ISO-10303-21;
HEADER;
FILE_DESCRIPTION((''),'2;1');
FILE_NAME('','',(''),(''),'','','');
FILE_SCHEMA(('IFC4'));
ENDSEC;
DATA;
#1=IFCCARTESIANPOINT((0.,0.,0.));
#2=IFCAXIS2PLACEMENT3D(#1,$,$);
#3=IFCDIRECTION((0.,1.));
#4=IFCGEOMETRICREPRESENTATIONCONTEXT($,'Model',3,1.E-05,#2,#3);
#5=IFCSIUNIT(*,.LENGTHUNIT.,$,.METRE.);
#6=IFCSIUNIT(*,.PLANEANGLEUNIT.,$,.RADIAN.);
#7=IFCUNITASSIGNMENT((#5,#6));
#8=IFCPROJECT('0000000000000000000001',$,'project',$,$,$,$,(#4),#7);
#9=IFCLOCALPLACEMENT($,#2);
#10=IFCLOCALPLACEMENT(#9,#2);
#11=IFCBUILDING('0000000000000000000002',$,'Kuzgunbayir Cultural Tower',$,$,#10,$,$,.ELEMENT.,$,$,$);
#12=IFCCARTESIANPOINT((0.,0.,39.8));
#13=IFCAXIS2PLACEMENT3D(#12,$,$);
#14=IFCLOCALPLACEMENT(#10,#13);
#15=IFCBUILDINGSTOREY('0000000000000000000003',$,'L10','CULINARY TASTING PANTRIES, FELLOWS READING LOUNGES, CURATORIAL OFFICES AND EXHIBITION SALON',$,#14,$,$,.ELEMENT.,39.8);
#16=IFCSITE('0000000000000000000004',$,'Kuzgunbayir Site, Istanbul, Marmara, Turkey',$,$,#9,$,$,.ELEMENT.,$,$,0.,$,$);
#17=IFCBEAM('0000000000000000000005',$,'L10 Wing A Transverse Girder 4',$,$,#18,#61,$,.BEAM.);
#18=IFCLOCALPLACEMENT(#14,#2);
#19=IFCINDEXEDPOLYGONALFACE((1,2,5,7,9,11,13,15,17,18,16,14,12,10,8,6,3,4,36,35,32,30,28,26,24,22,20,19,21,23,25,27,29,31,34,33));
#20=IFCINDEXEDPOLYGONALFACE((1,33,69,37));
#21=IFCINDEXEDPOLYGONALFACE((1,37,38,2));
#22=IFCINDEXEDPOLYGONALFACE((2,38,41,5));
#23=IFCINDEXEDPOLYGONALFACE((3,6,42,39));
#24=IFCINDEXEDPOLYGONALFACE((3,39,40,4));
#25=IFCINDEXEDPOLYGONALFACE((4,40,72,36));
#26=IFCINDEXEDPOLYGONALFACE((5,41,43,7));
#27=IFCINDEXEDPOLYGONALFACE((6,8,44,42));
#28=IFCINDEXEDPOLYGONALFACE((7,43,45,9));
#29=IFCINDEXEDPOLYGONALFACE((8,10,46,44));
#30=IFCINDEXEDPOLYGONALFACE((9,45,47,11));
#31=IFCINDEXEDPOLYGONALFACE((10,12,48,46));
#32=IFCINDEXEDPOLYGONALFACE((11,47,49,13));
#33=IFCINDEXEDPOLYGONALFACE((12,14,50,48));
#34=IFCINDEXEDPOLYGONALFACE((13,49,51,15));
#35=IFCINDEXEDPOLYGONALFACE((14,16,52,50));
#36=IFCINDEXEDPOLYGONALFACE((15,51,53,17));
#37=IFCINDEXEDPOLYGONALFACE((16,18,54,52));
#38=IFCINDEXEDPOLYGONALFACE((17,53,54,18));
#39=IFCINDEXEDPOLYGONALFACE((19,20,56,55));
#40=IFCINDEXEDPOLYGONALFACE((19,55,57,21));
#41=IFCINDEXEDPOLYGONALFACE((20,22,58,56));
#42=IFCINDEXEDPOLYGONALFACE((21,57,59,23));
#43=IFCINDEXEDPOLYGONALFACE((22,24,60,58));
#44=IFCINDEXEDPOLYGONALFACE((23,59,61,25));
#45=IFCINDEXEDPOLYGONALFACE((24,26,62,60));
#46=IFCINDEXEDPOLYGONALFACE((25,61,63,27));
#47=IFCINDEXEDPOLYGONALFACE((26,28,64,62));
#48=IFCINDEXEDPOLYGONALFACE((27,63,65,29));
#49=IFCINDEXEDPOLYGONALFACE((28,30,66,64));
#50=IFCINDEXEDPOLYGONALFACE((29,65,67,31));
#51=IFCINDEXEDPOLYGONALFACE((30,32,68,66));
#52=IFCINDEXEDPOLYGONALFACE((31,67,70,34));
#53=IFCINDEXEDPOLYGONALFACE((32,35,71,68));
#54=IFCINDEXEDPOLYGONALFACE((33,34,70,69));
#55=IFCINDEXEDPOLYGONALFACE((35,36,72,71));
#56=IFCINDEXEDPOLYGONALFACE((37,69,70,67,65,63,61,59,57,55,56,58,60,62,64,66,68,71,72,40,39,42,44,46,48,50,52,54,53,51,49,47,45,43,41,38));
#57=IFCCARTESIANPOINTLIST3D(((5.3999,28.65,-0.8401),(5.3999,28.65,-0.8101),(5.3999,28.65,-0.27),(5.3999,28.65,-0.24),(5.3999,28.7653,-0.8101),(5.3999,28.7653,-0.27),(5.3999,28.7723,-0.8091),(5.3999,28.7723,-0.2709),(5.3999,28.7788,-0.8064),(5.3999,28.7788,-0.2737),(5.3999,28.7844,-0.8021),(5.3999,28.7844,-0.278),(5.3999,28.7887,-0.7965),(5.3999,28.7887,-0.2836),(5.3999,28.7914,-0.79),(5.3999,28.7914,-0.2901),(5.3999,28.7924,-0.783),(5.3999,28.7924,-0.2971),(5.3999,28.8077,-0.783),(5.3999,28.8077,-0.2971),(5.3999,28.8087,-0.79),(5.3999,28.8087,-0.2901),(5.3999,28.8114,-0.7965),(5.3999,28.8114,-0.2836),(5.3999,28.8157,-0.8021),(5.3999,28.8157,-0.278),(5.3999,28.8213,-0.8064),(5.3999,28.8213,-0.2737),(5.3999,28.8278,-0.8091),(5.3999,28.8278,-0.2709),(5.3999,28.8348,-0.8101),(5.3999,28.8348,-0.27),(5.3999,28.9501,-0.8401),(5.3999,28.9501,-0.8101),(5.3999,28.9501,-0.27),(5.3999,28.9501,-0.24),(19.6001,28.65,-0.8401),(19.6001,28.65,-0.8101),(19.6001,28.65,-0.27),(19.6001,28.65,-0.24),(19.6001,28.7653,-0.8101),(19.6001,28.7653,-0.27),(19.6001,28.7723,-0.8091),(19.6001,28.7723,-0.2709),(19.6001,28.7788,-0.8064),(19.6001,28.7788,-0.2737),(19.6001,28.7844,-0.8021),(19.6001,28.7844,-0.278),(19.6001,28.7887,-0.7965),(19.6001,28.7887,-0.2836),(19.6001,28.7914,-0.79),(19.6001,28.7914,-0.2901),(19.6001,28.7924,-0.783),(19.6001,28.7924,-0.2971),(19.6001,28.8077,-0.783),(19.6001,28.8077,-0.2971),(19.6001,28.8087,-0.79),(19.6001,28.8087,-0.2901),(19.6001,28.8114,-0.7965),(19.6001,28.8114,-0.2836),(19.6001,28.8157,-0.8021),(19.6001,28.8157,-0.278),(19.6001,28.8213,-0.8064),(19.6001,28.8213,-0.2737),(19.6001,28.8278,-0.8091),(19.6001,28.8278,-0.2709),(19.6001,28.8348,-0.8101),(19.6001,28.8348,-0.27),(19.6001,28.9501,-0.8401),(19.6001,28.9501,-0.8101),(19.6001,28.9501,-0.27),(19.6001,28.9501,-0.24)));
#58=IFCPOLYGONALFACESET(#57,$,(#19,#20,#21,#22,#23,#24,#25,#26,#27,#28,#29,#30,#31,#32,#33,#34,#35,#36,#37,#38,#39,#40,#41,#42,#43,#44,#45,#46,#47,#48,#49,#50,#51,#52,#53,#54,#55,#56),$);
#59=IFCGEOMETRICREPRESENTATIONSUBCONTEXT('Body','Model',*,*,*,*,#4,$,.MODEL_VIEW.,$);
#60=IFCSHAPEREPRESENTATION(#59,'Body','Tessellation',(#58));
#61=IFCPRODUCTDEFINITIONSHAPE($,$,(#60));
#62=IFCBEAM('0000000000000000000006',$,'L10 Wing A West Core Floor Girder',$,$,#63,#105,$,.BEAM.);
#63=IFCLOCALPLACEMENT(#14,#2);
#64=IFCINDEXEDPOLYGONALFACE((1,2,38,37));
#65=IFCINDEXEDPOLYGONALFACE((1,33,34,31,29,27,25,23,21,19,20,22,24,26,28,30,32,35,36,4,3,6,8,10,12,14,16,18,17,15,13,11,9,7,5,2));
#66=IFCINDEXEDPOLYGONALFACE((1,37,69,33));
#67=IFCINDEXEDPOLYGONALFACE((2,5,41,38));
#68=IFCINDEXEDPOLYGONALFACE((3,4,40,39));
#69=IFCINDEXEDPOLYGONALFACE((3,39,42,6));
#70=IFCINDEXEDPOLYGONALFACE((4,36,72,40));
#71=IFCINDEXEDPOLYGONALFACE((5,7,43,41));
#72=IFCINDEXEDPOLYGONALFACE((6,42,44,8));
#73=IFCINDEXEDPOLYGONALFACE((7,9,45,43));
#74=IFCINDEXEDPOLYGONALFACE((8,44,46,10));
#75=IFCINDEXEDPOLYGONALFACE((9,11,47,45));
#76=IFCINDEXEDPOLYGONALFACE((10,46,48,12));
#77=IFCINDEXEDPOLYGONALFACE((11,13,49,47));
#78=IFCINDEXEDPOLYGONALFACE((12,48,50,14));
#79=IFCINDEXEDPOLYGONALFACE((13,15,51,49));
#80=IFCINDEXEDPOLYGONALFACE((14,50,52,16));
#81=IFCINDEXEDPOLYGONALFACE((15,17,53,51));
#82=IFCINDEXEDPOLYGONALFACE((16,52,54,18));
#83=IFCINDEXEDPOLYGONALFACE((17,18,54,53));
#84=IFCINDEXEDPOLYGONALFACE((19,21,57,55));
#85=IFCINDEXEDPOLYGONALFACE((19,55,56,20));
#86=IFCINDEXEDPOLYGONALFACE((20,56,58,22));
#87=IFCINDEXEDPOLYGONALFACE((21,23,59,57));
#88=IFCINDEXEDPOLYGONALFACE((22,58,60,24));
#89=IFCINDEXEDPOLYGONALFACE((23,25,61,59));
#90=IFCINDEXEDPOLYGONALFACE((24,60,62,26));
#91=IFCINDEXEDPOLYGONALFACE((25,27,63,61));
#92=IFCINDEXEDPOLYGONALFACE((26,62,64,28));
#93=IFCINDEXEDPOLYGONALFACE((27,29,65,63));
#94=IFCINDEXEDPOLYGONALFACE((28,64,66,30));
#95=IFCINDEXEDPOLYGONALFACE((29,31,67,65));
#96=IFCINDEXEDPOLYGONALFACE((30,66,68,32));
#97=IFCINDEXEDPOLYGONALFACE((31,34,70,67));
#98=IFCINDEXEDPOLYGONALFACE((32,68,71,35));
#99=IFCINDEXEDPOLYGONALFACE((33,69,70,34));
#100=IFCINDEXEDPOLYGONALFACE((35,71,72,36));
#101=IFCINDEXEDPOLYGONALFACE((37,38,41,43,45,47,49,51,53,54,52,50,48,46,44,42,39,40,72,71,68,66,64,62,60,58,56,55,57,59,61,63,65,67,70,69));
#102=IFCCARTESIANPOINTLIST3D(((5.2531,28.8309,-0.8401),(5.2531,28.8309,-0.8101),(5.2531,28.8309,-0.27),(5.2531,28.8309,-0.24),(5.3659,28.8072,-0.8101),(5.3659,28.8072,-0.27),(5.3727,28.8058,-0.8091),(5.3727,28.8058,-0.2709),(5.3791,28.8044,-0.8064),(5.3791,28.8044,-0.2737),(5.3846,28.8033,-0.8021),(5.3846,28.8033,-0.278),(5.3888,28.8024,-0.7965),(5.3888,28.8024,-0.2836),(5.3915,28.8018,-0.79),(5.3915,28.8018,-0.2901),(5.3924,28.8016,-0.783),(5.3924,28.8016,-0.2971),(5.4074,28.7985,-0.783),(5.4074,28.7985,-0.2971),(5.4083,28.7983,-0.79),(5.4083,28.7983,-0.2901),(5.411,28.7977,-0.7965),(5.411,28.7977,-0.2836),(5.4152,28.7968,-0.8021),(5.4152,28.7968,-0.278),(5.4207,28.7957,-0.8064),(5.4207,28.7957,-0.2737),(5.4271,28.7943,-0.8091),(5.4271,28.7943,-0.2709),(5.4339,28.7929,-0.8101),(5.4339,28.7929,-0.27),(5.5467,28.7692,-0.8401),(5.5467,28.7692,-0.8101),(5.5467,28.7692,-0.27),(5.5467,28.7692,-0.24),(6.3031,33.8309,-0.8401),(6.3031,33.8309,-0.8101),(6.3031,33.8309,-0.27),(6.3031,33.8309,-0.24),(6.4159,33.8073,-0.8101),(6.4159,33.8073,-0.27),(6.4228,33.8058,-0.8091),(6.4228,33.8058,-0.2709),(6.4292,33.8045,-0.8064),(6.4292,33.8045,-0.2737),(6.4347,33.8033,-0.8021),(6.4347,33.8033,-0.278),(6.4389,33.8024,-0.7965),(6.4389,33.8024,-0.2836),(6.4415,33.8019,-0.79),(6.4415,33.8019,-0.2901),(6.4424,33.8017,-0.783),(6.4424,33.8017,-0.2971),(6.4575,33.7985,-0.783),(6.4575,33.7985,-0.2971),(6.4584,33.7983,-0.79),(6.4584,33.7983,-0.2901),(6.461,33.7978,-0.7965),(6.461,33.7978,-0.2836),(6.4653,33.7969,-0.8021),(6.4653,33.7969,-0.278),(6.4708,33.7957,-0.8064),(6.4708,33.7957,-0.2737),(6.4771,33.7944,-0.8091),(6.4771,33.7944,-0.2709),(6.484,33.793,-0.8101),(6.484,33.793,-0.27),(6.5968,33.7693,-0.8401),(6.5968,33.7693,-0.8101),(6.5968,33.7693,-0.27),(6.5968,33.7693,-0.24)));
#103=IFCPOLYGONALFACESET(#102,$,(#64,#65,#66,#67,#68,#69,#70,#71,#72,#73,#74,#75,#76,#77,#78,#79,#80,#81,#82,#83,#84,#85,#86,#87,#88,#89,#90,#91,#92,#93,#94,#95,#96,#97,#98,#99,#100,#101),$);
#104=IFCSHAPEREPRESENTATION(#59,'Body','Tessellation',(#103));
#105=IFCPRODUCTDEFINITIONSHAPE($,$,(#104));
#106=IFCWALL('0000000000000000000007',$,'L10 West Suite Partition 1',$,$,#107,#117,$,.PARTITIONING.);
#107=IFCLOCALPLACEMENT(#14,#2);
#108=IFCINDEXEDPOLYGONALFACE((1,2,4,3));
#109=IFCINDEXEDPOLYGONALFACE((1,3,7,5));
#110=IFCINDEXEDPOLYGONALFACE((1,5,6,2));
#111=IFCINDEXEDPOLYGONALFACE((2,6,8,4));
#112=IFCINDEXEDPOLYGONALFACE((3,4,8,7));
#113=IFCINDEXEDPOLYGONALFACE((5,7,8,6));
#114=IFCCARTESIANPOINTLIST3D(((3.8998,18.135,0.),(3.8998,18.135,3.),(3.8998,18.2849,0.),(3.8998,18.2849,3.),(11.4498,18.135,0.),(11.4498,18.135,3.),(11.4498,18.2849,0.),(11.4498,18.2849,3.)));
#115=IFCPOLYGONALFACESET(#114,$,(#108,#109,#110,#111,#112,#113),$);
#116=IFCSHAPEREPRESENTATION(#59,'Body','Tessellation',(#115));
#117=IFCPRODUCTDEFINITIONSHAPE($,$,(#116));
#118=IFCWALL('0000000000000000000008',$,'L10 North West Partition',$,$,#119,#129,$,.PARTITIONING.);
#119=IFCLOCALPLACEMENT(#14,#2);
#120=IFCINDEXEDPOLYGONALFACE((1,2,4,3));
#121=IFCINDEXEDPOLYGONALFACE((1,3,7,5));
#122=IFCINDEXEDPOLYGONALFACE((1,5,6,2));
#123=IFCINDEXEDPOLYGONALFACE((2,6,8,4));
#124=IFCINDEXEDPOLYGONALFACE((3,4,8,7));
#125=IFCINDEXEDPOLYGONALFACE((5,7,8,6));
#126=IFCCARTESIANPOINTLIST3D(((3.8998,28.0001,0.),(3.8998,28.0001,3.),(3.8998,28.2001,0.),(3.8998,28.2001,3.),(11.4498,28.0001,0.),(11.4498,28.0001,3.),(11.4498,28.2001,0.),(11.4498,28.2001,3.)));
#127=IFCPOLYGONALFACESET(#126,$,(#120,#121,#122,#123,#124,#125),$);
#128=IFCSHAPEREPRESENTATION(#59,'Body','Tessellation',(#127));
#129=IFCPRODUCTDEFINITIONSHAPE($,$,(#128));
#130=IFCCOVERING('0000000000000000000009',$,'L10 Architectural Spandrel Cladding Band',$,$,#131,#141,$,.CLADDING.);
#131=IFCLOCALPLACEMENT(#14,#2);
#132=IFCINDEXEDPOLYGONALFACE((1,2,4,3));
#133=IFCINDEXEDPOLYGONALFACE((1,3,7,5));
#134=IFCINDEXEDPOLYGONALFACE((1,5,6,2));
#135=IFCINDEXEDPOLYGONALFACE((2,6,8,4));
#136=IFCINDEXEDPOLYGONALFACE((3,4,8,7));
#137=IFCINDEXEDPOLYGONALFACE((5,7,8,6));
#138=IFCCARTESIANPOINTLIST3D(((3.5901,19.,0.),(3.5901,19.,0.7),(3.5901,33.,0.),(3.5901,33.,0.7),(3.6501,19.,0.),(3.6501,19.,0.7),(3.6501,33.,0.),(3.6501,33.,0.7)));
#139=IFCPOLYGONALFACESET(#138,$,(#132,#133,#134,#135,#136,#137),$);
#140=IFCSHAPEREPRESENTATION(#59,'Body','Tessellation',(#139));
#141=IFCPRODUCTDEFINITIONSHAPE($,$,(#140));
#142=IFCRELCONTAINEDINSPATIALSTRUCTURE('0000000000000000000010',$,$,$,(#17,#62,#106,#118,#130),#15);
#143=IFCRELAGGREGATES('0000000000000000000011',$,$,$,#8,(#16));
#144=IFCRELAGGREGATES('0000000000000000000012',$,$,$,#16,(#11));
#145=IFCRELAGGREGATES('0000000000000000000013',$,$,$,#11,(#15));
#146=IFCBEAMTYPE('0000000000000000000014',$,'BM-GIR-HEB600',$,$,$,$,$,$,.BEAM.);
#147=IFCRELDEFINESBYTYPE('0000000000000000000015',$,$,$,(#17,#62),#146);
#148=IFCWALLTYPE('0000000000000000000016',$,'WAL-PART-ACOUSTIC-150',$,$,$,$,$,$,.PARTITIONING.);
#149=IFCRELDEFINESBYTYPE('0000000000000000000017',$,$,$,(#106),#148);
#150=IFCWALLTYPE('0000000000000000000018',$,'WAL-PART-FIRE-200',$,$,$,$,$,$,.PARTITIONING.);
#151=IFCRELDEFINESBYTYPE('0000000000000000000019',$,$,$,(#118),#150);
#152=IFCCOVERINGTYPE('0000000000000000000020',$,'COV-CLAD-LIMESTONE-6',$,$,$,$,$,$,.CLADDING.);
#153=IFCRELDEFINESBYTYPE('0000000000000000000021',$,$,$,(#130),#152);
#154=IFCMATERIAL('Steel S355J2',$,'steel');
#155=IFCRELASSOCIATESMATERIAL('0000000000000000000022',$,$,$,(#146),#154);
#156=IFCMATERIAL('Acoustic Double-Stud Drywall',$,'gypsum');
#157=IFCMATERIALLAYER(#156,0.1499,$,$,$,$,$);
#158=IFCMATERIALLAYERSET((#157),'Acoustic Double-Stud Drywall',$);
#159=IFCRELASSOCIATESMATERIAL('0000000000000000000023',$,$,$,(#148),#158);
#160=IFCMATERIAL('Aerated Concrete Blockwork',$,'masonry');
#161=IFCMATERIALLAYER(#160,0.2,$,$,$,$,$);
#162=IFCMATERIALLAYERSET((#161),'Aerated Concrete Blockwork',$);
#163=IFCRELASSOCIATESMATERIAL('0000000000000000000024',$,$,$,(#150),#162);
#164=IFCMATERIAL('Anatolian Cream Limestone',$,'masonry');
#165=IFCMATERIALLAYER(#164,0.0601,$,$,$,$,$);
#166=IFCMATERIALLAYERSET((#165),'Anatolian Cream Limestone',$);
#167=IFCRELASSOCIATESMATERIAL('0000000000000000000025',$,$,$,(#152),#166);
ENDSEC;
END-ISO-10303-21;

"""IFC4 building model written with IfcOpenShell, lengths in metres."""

from ifc_helpers import new_model, si_unit, direction, frame, frame_2d, origin, origin_2d, place, context, subcontext, project, spatial, rectangle, i_section, extrude, material, layer, layer_set, material_profile, profile_set, type_object, element, save


model = new_model("IFC4")

# Units and contexts
model_context = context("Model", 3, precision=1e-05, world=origin(), true_north=direction((0.0, 1.0)))
body_context = subcontext(model_context, "Body", "Model", "MODEL_VIEW")
ifc_project = project(units=[si_unit("LENGTHUNIT", "METRE"), si_unit("PLANEANGLEUNIT", "RADIAN")], contexts=[model_context])

# Site, building, storey
site_placement = place(None, origin())
site = spatial("IfcSite", under=ifc_project, at=site_placement, Name="Kuzgunbayir Site, Istanbul, Marmara, Turkey", CompositionType="ELEMENT", RefElevation=0.0)
building_placement = place(site_placement, origin())
building = spatial("IfcBuilding", under=site, at=building_placement, Name="Kuzgunbayir Cultural Tower", CompositionType="ELEMENT")
storey_placement = place(building_placement, frame((0.0, 0.0, 39.8)))
storey = spatial("IfcBuildingStorey", under=building, at=storey_placement, Name="L10", Description="CULINARY TASTING PANTRIES, FELLOWS READING LOUNGES, CURATORIAL OFFICES AND EXHIBITION SALON", CompositionType="ELEMENT", Elevation=39.8)

# Beams
ifc_material_1 = material(Name="Steel S355J2", Category="steel")
ifc_material_profile_1 = material_profile(ifc_material_1, i_section(OverallWidth=0.3, OverallDepth=0.6001, WebThickness=0.0154, FlangeThickness=0.03, FilletRadius=0.0271, at=origin_2d()), Name="HEB 600")
ifc_profile_set_1 = profile_set([ifc_material_profile_1], Name="Steel S355J2")
beam_type_1 = type_object("IfcBeamType", Name="BM-GIR-HEB600", PredefinedType="BEAM", material=ifc_profile_set_1)
for number, where, z_axis, x_axis, name in (
    (1, (5.3999, 28.8, -0.54), (1.0, 0.0, 0.0), (0.0, 1.0, 0.0), "L10 Wing A Transverse Girder 4"),
):
    element("IfcBeam", number, at=place(storey_placement, frame(where, z_axis=z_axis, x_axis=x_axis)), inside=storey, type_object=beam_type_1, Name=name, PredefinedType="BEAM", context=body_context, shape_type="SweptSolid", body=[
        extrude(i_section(OverallWidth=0.3, OverallDepth=0.6001, WebThickness=0.0154, FlangeThickness=0.03, FilletRadius=0.0271, at=origin_2d()), origin(), (0.0, 0.0, 1.0), 14.2002),
    ])
beam_1_placement = place(storey_placement, frame((5.3999, 28.8, -0.54), z_axis=(0.205526, 0.978652, 0.0), x_axis=(-0.978652, 0.205526, 0.0)))
element("IfcBeam", 2, at=beam_1_placement, inside=storey, type_object=beam_type_1, Name="L10 Wing A West Core Floor Girder", PredefinedType="BEAM", context=body_context, shape_type="SweptSolid", body=[
    extrude(i_section(OverallWidth=0.3, OverallDepth=0.6001, WebThickness=0.0154, FlangeThickness=0.03, FilletRadius=0.0271, at=origin_2d()), origin(), (0.0, 0.0, 1.0), 5.1091),
])

# Walls
ifc_material_2 = material(Name="Acoustic Double-Stud Drywall", Category="gypsum")
ifc_layer_1 = layer(ifc_material_2, 0.1499)
ifc_layer_set_1 = layer_set([ifc_layer_1], Name="Acoustic Double-Stud Drywall")
wall_type_1 = type_object("IfcWallType", Name="WAL-PART-ACOUSTIC-150", PredefinedType="PARTITIONING", material=ifc_layer_set_1)
wall_1_placement = place(storey_placement, frame((3.8999, 18.21, 0.0), z_axis=(0.0, 0.0, 1.0), x_axis=(1.0, 0.0, 0.0)))
element("IfcWall", 3, at=wall_1_placement, inside=storey, type_object=wall_type_1, Name="L10 West Suite Partition 1", PredefinedType="PARTITIONING", context=body_context, shape_type="SweptSolid", body=[
    extrude(rectangle(XDim=7.55, YDim=0.1499, at=frame_2d((3.7749, 0.0))), origin(), (0.0, 0.0, 1.0), 3.0),
])
ifc_material_3 = material(Name="Aerated Concrete Blockwork", Category="masonry")
ifc_layer_2 = layer(ifc_material_3, 0.2)
ifc_layer_set_2 = layer_set([ifc_layer_2], Name="Aerated Concrete Blockwork")
wall_type_2 = type_object("IfcWallType", Name="WAL-PART-FIRE-200", PredefinedType="PARTITIONING", material=ifc_layer_set_2)
wall_2_placement = place(storey_placement, frame((3.8999, 28.1001, 0.0), z_axis=(0.0, 0.0, 1.0), x_axis=(1.0, 0.0, 0.0)))
element("IfcWall", 4, at=wall_2_placement, inside=storey, type_object=wall_type_2, Name="L10 North West Partition", PredefinedType="PARTITIONING", context=body_context, shape_type="SweptSolid", body=[
    extrude(rectangle(XDim=7.55, YDim=0.2, at=frame_2d((3.7749, 0.0))), origin(), (0.0, 0.0, 1.0), 3.0),
])

# Covering
ifc_material_4 = material(Name="Anatolian Cream Limestone", Category="masonry")
ifc_layer_3 = layer(ifc_material_4, 0.0601)
ifc_layer_set_3 = layer_set([ifc_layer_3], Name="Anatolian Cream Limestone")
covering_type = type_object("IfcCoveringType", Name="COV-CLAD-LIMESTONE-6", PredefinedType="CLADDING", material=ifc_layer_set_3)
covering_placement = place(storey_placement, frame((3.6201, 26.0, 0.0), z_axis=(0.0, 0.0, 1.0), x_axis=(1.0, 0.0, 0.0)))
element("IfcCovering", 5, at=covering_placement, inside=storey, type_object=covering_type, Name="L10 Architectural Spandrel Cladding Band", PredefinedType="CLADDING", context=body_context, shape_type="SweptSolid", body=[
    extrude(rectangle(XDim=0.0601, YDim=14.0, at=origin_2d()), origin(), (0.0, 0.0, 1.0), 0.7),
])

save(model, "model.ifc")
